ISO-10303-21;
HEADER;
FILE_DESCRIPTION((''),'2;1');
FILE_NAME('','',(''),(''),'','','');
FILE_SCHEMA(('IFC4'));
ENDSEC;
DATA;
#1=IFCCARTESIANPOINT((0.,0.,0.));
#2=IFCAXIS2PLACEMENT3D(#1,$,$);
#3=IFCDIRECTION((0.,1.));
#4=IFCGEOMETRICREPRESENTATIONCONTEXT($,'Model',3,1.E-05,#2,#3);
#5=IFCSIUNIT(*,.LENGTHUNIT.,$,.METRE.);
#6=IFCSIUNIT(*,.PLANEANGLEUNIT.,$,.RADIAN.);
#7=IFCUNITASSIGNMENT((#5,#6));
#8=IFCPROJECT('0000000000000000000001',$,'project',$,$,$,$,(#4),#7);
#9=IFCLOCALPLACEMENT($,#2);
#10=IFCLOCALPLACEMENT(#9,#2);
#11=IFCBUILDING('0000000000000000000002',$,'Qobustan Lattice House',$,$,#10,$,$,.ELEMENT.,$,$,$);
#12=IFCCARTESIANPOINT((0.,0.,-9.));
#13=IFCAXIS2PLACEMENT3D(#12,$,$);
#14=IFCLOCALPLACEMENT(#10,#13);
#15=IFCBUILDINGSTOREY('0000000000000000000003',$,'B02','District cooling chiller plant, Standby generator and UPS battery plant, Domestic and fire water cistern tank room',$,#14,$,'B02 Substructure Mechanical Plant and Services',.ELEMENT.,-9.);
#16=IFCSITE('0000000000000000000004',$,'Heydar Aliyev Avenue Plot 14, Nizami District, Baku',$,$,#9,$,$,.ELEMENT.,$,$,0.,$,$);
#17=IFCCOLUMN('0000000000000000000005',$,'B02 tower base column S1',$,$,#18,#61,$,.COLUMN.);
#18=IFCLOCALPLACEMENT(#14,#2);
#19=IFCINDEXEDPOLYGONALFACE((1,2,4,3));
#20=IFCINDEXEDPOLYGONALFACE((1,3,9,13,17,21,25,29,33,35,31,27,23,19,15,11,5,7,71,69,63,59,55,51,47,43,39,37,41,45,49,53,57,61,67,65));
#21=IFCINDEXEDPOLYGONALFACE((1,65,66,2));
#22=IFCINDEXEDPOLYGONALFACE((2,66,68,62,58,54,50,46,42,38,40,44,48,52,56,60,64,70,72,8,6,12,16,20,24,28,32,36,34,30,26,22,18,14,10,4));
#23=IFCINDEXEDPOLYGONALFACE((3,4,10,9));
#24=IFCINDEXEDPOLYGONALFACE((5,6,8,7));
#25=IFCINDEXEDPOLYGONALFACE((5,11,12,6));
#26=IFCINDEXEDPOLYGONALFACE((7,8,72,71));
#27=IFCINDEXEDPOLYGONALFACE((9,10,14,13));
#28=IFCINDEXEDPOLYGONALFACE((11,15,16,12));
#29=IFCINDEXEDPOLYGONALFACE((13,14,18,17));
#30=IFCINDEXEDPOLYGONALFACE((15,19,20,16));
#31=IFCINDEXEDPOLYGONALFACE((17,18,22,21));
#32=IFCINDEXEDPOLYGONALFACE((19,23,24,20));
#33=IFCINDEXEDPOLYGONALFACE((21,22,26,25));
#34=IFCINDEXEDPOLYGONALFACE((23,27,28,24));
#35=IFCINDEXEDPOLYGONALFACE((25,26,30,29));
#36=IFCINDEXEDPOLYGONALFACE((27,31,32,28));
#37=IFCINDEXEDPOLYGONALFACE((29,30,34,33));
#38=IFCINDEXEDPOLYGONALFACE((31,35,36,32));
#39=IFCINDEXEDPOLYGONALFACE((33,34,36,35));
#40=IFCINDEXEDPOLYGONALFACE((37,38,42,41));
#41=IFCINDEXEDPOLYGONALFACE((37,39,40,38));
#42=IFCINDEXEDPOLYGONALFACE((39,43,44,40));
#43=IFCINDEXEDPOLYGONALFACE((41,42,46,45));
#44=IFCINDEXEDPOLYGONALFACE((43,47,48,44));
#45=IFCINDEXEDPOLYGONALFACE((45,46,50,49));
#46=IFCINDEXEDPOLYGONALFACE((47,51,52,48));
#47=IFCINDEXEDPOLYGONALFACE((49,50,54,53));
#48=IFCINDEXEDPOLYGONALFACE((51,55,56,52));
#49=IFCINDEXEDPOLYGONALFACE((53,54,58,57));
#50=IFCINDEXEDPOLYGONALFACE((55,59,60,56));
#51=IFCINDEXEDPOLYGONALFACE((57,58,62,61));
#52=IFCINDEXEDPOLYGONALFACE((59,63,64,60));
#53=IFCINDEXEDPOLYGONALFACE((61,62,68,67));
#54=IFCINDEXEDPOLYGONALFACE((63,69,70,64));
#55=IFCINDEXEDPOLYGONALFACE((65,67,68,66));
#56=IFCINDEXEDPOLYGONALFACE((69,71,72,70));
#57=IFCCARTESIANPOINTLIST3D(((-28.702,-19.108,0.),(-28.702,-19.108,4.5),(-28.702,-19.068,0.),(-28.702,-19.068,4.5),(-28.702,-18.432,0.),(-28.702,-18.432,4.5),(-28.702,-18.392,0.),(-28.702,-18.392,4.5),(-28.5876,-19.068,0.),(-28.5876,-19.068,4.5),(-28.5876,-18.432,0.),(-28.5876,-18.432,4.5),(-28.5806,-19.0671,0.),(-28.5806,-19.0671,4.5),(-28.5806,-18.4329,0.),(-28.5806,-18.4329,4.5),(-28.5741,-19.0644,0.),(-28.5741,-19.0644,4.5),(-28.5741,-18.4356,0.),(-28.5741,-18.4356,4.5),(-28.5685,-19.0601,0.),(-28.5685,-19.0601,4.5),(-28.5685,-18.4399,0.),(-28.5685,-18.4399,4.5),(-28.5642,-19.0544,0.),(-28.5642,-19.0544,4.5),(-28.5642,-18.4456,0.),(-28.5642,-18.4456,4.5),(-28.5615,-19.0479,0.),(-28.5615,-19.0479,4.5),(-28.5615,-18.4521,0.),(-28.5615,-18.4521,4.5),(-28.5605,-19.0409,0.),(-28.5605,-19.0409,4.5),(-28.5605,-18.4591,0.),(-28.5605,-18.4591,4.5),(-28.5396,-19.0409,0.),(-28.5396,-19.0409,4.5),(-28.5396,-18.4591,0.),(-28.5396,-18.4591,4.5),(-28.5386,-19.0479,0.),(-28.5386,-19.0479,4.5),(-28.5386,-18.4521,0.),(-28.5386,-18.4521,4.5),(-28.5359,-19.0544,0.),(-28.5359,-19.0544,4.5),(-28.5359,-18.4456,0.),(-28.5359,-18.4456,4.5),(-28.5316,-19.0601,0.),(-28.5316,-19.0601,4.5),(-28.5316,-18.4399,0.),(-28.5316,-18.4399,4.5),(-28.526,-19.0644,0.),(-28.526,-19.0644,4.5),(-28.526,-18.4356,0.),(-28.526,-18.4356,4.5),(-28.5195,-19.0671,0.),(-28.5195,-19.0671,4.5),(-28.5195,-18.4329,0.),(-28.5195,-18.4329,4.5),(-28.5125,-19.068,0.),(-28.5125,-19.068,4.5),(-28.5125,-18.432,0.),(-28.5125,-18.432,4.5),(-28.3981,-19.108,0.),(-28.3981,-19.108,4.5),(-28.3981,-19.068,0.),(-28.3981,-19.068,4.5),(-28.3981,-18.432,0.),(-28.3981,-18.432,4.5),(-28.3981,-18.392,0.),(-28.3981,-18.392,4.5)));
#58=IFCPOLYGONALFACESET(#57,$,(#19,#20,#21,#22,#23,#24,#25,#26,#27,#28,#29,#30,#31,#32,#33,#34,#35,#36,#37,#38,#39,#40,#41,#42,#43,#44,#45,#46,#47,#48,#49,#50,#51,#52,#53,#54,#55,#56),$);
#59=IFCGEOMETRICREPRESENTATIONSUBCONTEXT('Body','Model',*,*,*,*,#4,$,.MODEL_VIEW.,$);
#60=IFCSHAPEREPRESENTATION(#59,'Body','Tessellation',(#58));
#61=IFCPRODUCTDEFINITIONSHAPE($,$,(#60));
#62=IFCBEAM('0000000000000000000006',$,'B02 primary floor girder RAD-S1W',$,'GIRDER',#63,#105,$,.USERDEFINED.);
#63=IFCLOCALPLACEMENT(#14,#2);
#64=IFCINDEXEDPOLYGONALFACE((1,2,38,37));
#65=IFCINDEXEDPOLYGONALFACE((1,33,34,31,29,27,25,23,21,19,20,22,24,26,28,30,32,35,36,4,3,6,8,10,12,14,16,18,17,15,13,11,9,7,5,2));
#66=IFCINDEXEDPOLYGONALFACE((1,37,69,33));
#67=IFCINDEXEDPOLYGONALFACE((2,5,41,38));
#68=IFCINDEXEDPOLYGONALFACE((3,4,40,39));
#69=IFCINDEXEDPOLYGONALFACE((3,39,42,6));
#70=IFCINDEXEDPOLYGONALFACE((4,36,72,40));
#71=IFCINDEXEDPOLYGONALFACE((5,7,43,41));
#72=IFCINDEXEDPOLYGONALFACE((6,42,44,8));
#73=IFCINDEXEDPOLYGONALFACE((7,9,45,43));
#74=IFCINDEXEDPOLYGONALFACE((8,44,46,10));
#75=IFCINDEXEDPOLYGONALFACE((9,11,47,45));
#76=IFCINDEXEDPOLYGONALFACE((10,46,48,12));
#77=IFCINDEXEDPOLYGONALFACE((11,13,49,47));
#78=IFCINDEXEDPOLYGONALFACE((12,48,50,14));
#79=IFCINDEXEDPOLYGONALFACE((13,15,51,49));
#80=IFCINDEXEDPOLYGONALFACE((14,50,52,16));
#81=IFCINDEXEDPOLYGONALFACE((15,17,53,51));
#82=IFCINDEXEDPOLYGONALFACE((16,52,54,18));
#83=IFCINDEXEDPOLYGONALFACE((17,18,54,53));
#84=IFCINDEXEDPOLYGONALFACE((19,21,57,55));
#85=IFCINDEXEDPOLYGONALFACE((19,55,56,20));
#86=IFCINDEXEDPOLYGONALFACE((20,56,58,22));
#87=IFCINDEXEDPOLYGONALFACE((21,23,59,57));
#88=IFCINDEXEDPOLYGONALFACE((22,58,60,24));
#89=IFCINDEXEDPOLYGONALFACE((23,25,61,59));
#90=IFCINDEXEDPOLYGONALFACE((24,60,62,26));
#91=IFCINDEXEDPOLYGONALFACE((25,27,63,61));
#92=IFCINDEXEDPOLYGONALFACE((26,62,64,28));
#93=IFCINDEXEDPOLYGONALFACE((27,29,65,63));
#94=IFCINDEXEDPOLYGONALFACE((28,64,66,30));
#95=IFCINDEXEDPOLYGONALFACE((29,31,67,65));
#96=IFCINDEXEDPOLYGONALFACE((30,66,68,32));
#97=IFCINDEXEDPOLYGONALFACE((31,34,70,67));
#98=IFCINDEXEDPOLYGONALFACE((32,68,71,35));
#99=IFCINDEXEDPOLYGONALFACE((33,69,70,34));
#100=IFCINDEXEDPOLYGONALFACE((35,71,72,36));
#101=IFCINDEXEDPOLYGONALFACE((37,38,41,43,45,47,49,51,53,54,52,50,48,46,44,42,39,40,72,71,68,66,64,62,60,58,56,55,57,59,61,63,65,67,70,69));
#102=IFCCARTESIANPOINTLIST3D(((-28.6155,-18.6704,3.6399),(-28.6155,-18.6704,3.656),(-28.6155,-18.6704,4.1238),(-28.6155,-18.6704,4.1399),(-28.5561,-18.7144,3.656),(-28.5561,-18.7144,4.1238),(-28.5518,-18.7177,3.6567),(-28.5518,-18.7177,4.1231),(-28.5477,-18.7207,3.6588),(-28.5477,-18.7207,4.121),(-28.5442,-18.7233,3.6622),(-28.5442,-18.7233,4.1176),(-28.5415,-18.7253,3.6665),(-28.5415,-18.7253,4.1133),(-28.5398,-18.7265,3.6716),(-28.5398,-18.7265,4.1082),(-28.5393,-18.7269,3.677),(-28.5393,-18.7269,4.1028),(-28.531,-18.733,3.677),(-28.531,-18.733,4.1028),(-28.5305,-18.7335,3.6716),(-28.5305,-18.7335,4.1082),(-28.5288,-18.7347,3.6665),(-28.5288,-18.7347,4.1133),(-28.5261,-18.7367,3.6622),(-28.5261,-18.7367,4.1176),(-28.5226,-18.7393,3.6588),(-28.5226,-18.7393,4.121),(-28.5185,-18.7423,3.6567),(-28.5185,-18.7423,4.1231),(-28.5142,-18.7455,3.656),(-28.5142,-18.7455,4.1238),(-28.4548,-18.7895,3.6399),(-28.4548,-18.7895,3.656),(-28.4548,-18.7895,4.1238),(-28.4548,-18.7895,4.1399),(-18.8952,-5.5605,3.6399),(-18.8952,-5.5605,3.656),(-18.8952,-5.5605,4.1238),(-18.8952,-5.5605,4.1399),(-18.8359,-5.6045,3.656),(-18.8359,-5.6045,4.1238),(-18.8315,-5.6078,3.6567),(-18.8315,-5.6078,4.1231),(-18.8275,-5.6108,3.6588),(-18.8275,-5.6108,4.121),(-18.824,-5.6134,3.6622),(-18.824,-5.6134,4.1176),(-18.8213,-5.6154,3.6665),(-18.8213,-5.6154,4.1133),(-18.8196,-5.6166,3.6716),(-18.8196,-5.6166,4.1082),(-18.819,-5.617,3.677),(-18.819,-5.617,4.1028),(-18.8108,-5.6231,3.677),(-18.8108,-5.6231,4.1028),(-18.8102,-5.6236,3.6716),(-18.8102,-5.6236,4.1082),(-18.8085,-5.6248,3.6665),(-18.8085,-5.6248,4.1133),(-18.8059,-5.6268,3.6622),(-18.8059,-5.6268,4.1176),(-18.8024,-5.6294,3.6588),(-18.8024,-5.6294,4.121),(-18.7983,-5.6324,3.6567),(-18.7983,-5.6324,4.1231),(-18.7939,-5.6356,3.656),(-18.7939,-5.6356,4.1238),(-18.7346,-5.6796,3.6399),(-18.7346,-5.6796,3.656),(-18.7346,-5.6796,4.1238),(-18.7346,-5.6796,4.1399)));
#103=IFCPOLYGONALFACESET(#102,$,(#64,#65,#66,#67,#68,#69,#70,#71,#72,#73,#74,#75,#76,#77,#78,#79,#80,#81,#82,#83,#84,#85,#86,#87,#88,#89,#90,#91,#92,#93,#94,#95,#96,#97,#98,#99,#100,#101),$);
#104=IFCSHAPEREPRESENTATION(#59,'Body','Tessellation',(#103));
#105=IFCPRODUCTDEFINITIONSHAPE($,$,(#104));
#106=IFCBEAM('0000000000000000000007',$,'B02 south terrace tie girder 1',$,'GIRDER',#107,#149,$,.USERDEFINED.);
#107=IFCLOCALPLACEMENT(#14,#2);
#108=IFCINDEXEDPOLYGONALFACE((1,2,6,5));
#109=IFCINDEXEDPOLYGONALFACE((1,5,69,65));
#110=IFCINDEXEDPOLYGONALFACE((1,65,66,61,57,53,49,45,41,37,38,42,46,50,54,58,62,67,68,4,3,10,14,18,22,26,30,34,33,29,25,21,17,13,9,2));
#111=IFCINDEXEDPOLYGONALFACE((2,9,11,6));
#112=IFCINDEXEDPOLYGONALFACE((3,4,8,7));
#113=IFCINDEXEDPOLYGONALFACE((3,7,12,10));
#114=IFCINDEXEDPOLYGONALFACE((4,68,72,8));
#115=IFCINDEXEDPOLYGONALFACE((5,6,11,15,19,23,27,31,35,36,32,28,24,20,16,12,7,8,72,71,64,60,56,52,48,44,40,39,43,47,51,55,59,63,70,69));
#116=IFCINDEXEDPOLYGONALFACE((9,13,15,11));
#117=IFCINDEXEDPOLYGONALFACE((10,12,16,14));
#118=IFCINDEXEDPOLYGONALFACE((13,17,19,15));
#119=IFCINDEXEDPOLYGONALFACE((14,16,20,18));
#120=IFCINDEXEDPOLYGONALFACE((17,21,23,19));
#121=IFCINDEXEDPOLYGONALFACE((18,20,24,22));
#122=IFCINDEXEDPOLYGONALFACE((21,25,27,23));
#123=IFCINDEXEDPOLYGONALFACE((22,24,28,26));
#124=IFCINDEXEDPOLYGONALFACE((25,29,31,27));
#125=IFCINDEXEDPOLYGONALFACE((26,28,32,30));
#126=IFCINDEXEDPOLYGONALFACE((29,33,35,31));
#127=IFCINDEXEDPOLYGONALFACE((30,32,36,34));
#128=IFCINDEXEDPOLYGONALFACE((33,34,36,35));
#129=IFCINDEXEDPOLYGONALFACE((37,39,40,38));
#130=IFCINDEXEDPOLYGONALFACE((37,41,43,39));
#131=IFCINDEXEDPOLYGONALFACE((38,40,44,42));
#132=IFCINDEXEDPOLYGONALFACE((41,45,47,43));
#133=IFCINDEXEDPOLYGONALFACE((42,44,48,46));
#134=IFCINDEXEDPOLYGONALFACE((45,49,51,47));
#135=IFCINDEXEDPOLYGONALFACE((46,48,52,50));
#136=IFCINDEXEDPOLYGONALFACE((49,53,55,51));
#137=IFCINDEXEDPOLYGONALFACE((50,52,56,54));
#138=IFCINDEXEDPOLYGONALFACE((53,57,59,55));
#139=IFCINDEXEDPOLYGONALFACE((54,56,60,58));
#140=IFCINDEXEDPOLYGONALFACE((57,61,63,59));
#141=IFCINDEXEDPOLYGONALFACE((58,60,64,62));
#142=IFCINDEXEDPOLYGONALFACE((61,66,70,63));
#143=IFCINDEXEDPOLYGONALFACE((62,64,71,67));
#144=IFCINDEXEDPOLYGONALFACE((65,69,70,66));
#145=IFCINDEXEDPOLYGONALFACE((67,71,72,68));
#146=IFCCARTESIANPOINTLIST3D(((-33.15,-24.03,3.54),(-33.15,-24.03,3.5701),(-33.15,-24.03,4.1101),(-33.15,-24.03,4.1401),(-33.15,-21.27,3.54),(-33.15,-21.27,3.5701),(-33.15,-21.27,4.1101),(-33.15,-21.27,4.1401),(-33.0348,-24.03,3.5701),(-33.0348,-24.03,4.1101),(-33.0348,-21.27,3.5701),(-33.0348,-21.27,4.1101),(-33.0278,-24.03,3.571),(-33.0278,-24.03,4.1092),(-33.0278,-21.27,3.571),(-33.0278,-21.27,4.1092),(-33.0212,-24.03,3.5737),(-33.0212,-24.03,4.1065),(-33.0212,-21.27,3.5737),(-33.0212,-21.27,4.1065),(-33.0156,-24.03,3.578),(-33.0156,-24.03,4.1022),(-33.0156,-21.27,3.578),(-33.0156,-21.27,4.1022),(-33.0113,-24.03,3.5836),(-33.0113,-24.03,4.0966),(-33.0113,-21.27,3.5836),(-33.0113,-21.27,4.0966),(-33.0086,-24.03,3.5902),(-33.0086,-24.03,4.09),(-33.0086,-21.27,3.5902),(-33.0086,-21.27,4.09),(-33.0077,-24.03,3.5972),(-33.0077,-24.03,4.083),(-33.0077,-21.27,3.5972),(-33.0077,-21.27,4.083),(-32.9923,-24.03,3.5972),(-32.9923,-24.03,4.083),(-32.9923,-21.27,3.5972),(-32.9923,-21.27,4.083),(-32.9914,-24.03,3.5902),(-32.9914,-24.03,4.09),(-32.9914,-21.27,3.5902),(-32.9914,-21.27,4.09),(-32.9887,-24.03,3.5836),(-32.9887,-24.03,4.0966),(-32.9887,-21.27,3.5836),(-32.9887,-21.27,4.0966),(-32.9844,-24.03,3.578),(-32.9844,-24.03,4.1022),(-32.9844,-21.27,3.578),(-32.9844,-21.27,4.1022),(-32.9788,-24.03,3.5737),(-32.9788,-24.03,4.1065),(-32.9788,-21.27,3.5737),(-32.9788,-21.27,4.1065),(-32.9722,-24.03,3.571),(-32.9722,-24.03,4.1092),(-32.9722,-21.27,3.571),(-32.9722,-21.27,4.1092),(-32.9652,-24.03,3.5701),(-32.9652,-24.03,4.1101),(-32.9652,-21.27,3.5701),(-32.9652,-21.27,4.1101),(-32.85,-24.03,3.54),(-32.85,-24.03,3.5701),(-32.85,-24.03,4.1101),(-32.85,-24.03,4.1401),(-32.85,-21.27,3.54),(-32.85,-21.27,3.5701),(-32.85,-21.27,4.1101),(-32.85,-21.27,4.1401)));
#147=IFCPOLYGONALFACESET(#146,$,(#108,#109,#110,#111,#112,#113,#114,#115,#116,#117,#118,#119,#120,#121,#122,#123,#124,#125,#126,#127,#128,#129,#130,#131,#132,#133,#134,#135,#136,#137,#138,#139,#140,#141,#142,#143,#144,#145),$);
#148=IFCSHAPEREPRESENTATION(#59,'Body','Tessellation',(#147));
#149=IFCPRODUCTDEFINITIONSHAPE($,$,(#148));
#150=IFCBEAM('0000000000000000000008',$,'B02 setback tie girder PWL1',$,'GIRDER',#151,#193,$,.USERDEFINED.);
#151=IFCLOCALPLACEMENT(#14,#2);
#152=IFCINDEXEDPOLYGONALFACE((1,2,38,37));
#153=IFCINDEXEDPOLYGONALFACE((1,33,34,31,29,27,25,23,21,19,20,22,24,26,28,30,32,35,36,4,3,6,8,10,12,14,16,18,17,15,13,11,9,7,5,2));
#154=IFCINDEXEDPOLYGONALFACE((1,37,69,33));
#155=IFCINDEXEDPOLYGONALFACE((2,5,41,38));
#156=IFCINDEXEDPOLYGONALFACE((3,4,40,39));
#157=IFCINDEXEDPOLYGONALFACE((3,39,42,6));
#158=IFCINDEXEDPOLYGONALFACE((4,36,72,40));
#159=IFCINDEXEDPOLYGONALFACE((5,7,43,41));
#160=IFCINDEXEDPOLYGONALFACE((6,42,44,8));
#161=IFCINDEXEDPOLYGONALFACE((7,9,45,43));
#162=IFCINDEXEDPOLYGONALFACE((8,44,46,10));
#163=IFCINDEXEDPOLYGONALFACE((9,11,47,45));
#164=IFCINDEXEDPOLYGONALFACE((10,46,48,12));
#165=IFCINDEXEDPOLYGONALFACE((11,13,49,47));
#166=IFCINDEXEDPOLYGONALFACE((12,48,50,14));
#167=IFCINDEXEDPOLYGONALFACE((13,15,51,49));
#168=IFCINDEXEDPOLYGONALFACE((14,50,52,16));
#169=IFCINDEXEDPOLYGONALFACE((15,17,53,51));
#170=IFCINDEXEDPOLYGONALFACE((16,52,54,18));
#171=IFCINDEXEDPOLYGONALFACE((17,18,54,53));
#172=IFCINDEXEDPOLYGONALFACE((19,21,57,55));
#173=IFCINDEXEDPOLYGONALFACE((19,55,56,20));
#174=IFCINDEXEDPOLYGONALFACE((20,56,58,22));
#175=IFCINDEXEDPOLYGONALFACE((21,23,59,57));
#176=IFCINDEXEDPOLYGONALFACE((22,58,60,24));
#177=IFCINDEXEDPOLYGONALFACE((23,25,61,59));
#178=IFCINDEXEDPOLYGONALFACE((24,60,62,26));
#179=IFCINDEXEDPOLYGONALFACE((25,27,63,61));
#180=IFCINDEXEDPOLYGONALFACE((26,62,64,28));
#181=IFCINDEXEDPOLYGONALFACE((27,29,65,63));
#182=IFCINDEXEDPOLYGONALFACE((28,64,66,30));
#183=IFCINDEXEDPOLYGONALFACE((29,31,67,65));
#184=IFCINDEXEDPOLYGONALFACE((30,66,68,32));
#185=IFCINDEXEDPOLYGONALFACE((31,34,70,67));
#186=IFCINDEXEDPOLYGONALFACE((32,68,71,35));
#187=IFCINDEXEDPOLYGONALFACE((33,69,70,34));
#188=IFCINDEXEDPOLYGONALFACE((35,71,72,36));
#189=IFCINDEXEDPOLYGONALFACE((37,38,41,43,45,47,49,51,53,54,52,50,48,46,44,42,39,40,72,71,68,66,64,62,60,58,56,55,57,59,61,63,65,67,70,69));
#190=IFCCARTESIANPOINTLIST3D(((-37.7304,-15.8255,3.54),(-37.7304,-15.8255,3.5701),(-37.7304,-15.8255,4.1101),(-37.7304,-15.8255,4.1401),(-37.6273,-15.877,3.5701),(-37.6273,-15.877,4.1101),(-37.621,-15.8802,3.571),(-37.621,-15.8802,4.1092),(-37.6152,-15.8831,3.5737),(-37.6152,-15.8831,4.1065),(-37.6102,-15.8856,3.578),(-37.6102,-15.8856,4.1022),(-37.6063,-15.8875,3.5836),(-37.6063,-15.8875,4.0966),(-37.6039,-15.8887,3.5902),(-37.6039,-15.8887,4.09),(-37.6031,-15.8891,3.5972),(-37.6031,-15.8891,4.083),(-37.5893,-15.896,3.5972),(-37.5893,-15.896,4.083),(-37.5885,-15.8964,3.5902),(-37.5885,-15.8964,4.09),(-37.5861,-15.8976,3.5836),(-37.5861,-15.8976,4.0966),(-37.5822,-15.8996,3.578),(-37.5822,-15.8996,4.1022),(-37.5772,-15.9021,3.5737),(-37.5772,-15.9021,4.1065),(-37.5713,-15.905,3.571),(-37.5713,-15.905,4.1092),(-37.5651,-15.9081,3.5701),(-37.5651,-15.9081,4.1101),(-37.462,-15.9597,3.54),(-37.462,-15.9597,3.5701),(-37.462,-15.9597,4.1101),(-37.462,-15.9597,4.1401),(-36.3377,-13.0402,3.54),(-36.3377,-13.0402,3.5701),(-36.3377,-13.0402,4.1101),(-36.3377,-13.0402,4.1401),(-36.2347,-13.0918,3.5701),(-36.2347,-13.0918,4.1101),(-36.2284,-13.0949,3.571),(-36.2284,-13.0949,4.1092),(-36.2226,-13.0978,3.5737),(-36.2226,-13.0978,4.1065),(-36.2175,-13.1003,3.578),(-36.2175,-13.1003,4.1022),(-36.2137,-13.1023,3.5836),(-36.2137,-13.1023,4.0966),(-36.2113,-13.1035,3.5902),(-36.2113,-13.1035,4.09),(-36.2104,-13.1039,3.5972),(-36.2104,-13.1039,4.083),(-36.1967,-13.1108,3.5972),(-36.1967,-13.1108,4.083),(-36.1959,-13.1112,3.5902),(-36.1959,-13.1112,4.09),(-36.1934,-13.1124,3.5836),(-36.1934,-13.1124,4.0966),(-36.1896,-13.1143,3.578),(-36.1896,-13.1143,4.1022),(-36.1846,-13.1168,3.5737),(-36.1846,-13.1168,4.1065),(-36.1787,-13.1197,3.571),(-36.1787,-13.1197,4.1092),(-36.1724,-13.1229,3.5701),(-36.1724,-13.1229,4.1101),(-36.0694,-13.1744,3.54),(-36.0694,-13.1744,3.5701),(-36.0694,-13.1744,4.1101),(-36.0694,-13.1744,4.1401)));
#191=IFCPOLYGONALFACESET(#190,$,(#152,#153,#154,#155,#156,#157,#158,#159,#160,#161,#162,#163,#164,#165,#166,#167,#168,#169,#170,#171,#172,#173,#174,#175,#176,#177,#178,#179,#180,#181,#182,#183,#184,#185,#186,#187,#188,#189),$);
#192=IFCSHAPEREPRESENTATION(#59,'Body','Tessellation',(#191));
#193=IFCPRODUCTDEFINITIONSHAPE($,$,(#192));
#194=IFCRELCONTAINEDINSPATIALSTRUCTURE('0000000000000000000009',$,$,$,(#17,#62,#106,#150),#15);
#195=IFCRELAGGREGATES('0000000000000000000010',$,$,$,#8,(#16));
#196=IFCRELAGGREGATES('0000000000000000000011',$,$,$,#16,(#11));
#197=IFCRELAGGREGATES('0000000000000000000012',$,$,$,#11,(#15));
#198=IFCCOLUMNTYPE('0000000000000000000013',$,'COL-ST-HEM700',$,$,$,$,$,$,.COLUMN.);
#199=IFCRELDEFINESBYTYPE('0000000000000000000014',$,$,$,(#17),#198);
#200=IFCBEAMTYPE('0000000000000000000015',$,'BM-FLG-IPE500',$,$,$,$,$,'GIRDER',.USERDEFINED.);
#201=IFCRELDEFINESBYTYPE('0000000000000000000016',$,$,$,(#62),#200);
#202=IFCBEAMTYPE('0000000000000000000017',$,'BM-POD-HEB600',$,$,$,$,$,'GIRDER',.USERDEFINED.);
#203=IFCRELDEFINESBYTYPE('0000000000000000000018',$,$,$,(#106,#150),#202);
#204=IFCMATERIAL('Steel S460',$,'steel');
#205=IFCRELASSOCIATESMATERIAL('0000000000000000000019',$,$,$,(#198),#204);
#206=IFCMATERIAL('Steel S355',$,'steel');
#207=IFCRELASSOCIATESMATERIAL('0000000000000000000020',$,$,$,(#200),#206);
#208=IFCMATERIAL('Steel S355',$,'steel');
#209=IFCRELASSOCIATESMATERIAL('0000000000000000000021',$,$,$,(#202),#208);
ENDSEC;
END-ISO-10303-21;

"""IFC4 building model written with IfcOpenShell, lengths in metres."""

from ifc_helpers import new_model, si_unit, direction, frame, origin, origin_2d, place, context, subcontext, project, spatial, i_section, extrude, material, material_profile, profile_set, type_object, element, save


model = new_model("IFC4")

# Units and contexts
model_context = context("Model", 3, precision=1e-05, world=origin(), true_north=direction((0.0, 1.0)))
body_context = subcontext(model_context, "Body", "Model", "MODEL_VIEW")
ifc_project = project(units=[si_unit("LENGTHUNIT", "METRE"), si_unit("PLANEANGLEUNIT", "RADIAN")], contexts=[model_context])

# Site, building, storey
site_placement = place(None, origin())
site = spatial("IfcSite", under=ifc_project, at=site_placement, Name="Heydar Aliyev Avenue Plot 14, Nizami District, Baku", CompositionType="ELEMENT", RefElevation=0.0)
building_placement = place(site_placement, origin())
building = spatial("IfcBuilding", under=site, at=building_placement, Name="Qobustan Lattice House", CompositionType="ELEMENT")
storey_placement = place(building_placement, frame((0.0, 0.0, -9.0)))
storey = spatial("IfcBuildingStorey", under=building, at=storey_placement, Name="B02", Description="District cooling chiller plant, Standby generator and UPS battery plant, Domestic and fire water cistern tank room", LongName="B02 Substructure Mechanical Plant and Services", CompositionType="ELEMENT", Elevation=-9.0)

# Column
ifc_material_1 = material(Name="Steel S460", Category="steel")
ifc_material_profile_1 = material_profile(ifc_material_1, i_section(OverallWidth=0.304, OverallDepth=0.7161, WebThickness=0.021, FlangeThickness=0.04, FilletRadius=0.0271, at=origin_2d()), Name="HEM700")
ifc_profile_set_1 = profile_set([ifc_material_profile_1], Name="Steel S460")
column_type_1 = type_object("IfcColumnType", Name="COL-ST-HEM700", PredefinedType="COLUMN", material=ifc_profile_set_1)
column_1_placement = place(storey_placement, frame((-28.55, -18.75, 0.0), z_axis=(0.0, 0.0, 1.0), x_axis=(1.0, 0.0, 0.0)))
element("IfcColumn", 1, at=column_1_placement, inside=storey, type_object=column_type_1, Name="B02 tower base column S1", PredefinedType="COLUMN", context=body_context, shape_type="SweptSolid", body=[
    extrude(i_section(OverallWidth=0.304, OverallDepth=0.7161, WebThickness=0.021, FlangeThickness=0.04, FilletRadius=0.0271, at=origin_2d()), origin(), (0.0, 0.0, 1.0), 4.5),
])

# Beams
ifc_material_2 = material(Name="Steel S355", Category="steel")
ifc_material_profile_2 = material_profile(ifc_material_2, i_section(OverallWidth=0.2, OverallDepth=0.5, WebThickness=0.0103, FlangeThickness=0.0161, FilletRadius=0.021, at=origin_2d()), Name="IPE500")
ifc_profile_set_2 = profile_set([ifc_material_profile_2], Name="Steel S355")
beam_type_1 = type_object("IfcBeamType", Name="BM-FLG-IPE500", ElementType="GIRDER", PredefinedType="USERDEFINED", material=ifc_profile_set_2)
beam_1_placement = place(storey_placement, frame((-28.5352, -18.73, 3.8899), z_axis=(0.595592, 0.803287, 0.0), x_axis=(-0.803287, 0.595592, 0.0)))
element("IfcBeam", 2, at=beam_1_placement, inside=storey, type_object=beam_type_1, Name="B02 primary floor girder RAD-S1W", ObjectType="GIRDER", PredefinedType="USERDEFINED", context=body_context, shape_type="SweptSolid", body=[
    extrude(i_section(OverallWidth=0.2, OverallDepth=0.5, WebThickness=0.0103, FlangeThickness=0.0161, FilletRadius=0.021, at=origin_2d()), origin(), (0.0, 0.0, 1.0), 16.3203),
])
ifc_material_3 = material(Name="Steel S355", Category="steel")
ifc_material_profile_3 = material_profile(ifc_material_3, i_section(OverallWidth=0.3, OverallDepth=0.6001, WebThickness=0.0154, FlangeThickness=0.03, FilletRadius=0.0271, at=origin_2d()), Name="HEB600")
ifc_profile_set_3 = profile_set([ifc_material_profile_3], Name="Steel S355")
beam_type_2 = type_object("IfcBeamType", Name="BM-POD-HEB600", ElementType="GIRDER", PredefinedType="USERDEFINED", material=ifc_profile_set_3)
beam_2_placement = place(storey_placement, frame((-33.0, -24.03, 3.8401), z_axis=(0.0, 1.0, 0.0), x_axis=(-1.0, 0.0, 0.0)))
element("IfcBeam", 3, at=beam_2_placement, inside=storey, type_object=beam_type_2, Name="B02 south terrace tie girder 1", ObjectType="GIRDER", PredefinedType="USERDEFINED", context=body_context, shape_type="SweptSolid", body=[
    extrude(i_section(OverallWidth=0.3, OverallDepth=0.6001, WebThickness=0.0154, FlangeThickness=0.03, FilletRadius=0.0271, at=origin_2d()), origin(), (0.0, 0.0, 1.0), 2.76),
])
beam_3_placement = place(storey_placement, frame((-37.5962, -15.8926, 3.8401), z_axis=(0.447214, 0.894427, 0.0), x_axis=(-0.894427, 0.447214, 0.0)))
element("IfcBeam", 4, at=beam_3_placement, inside=storey, type_object=beam_type_2, Name="B02 setback tie girder PWL1", ObjectType="GIRDER", PredefinedType="USERDEFINED", context=body_context, shape_type="SweptSolid", body=[
    extrude(i_section(OverallWidth=0.3, OverallDepth=0.6001, WebThickness=0.0154, FlangeThickness=0.03, FilletRadius=0.0271, at=origin_2d()), origin(), (0.0, 0.0, 1.0), 3.114),
])

save(model, "model.ifc")
